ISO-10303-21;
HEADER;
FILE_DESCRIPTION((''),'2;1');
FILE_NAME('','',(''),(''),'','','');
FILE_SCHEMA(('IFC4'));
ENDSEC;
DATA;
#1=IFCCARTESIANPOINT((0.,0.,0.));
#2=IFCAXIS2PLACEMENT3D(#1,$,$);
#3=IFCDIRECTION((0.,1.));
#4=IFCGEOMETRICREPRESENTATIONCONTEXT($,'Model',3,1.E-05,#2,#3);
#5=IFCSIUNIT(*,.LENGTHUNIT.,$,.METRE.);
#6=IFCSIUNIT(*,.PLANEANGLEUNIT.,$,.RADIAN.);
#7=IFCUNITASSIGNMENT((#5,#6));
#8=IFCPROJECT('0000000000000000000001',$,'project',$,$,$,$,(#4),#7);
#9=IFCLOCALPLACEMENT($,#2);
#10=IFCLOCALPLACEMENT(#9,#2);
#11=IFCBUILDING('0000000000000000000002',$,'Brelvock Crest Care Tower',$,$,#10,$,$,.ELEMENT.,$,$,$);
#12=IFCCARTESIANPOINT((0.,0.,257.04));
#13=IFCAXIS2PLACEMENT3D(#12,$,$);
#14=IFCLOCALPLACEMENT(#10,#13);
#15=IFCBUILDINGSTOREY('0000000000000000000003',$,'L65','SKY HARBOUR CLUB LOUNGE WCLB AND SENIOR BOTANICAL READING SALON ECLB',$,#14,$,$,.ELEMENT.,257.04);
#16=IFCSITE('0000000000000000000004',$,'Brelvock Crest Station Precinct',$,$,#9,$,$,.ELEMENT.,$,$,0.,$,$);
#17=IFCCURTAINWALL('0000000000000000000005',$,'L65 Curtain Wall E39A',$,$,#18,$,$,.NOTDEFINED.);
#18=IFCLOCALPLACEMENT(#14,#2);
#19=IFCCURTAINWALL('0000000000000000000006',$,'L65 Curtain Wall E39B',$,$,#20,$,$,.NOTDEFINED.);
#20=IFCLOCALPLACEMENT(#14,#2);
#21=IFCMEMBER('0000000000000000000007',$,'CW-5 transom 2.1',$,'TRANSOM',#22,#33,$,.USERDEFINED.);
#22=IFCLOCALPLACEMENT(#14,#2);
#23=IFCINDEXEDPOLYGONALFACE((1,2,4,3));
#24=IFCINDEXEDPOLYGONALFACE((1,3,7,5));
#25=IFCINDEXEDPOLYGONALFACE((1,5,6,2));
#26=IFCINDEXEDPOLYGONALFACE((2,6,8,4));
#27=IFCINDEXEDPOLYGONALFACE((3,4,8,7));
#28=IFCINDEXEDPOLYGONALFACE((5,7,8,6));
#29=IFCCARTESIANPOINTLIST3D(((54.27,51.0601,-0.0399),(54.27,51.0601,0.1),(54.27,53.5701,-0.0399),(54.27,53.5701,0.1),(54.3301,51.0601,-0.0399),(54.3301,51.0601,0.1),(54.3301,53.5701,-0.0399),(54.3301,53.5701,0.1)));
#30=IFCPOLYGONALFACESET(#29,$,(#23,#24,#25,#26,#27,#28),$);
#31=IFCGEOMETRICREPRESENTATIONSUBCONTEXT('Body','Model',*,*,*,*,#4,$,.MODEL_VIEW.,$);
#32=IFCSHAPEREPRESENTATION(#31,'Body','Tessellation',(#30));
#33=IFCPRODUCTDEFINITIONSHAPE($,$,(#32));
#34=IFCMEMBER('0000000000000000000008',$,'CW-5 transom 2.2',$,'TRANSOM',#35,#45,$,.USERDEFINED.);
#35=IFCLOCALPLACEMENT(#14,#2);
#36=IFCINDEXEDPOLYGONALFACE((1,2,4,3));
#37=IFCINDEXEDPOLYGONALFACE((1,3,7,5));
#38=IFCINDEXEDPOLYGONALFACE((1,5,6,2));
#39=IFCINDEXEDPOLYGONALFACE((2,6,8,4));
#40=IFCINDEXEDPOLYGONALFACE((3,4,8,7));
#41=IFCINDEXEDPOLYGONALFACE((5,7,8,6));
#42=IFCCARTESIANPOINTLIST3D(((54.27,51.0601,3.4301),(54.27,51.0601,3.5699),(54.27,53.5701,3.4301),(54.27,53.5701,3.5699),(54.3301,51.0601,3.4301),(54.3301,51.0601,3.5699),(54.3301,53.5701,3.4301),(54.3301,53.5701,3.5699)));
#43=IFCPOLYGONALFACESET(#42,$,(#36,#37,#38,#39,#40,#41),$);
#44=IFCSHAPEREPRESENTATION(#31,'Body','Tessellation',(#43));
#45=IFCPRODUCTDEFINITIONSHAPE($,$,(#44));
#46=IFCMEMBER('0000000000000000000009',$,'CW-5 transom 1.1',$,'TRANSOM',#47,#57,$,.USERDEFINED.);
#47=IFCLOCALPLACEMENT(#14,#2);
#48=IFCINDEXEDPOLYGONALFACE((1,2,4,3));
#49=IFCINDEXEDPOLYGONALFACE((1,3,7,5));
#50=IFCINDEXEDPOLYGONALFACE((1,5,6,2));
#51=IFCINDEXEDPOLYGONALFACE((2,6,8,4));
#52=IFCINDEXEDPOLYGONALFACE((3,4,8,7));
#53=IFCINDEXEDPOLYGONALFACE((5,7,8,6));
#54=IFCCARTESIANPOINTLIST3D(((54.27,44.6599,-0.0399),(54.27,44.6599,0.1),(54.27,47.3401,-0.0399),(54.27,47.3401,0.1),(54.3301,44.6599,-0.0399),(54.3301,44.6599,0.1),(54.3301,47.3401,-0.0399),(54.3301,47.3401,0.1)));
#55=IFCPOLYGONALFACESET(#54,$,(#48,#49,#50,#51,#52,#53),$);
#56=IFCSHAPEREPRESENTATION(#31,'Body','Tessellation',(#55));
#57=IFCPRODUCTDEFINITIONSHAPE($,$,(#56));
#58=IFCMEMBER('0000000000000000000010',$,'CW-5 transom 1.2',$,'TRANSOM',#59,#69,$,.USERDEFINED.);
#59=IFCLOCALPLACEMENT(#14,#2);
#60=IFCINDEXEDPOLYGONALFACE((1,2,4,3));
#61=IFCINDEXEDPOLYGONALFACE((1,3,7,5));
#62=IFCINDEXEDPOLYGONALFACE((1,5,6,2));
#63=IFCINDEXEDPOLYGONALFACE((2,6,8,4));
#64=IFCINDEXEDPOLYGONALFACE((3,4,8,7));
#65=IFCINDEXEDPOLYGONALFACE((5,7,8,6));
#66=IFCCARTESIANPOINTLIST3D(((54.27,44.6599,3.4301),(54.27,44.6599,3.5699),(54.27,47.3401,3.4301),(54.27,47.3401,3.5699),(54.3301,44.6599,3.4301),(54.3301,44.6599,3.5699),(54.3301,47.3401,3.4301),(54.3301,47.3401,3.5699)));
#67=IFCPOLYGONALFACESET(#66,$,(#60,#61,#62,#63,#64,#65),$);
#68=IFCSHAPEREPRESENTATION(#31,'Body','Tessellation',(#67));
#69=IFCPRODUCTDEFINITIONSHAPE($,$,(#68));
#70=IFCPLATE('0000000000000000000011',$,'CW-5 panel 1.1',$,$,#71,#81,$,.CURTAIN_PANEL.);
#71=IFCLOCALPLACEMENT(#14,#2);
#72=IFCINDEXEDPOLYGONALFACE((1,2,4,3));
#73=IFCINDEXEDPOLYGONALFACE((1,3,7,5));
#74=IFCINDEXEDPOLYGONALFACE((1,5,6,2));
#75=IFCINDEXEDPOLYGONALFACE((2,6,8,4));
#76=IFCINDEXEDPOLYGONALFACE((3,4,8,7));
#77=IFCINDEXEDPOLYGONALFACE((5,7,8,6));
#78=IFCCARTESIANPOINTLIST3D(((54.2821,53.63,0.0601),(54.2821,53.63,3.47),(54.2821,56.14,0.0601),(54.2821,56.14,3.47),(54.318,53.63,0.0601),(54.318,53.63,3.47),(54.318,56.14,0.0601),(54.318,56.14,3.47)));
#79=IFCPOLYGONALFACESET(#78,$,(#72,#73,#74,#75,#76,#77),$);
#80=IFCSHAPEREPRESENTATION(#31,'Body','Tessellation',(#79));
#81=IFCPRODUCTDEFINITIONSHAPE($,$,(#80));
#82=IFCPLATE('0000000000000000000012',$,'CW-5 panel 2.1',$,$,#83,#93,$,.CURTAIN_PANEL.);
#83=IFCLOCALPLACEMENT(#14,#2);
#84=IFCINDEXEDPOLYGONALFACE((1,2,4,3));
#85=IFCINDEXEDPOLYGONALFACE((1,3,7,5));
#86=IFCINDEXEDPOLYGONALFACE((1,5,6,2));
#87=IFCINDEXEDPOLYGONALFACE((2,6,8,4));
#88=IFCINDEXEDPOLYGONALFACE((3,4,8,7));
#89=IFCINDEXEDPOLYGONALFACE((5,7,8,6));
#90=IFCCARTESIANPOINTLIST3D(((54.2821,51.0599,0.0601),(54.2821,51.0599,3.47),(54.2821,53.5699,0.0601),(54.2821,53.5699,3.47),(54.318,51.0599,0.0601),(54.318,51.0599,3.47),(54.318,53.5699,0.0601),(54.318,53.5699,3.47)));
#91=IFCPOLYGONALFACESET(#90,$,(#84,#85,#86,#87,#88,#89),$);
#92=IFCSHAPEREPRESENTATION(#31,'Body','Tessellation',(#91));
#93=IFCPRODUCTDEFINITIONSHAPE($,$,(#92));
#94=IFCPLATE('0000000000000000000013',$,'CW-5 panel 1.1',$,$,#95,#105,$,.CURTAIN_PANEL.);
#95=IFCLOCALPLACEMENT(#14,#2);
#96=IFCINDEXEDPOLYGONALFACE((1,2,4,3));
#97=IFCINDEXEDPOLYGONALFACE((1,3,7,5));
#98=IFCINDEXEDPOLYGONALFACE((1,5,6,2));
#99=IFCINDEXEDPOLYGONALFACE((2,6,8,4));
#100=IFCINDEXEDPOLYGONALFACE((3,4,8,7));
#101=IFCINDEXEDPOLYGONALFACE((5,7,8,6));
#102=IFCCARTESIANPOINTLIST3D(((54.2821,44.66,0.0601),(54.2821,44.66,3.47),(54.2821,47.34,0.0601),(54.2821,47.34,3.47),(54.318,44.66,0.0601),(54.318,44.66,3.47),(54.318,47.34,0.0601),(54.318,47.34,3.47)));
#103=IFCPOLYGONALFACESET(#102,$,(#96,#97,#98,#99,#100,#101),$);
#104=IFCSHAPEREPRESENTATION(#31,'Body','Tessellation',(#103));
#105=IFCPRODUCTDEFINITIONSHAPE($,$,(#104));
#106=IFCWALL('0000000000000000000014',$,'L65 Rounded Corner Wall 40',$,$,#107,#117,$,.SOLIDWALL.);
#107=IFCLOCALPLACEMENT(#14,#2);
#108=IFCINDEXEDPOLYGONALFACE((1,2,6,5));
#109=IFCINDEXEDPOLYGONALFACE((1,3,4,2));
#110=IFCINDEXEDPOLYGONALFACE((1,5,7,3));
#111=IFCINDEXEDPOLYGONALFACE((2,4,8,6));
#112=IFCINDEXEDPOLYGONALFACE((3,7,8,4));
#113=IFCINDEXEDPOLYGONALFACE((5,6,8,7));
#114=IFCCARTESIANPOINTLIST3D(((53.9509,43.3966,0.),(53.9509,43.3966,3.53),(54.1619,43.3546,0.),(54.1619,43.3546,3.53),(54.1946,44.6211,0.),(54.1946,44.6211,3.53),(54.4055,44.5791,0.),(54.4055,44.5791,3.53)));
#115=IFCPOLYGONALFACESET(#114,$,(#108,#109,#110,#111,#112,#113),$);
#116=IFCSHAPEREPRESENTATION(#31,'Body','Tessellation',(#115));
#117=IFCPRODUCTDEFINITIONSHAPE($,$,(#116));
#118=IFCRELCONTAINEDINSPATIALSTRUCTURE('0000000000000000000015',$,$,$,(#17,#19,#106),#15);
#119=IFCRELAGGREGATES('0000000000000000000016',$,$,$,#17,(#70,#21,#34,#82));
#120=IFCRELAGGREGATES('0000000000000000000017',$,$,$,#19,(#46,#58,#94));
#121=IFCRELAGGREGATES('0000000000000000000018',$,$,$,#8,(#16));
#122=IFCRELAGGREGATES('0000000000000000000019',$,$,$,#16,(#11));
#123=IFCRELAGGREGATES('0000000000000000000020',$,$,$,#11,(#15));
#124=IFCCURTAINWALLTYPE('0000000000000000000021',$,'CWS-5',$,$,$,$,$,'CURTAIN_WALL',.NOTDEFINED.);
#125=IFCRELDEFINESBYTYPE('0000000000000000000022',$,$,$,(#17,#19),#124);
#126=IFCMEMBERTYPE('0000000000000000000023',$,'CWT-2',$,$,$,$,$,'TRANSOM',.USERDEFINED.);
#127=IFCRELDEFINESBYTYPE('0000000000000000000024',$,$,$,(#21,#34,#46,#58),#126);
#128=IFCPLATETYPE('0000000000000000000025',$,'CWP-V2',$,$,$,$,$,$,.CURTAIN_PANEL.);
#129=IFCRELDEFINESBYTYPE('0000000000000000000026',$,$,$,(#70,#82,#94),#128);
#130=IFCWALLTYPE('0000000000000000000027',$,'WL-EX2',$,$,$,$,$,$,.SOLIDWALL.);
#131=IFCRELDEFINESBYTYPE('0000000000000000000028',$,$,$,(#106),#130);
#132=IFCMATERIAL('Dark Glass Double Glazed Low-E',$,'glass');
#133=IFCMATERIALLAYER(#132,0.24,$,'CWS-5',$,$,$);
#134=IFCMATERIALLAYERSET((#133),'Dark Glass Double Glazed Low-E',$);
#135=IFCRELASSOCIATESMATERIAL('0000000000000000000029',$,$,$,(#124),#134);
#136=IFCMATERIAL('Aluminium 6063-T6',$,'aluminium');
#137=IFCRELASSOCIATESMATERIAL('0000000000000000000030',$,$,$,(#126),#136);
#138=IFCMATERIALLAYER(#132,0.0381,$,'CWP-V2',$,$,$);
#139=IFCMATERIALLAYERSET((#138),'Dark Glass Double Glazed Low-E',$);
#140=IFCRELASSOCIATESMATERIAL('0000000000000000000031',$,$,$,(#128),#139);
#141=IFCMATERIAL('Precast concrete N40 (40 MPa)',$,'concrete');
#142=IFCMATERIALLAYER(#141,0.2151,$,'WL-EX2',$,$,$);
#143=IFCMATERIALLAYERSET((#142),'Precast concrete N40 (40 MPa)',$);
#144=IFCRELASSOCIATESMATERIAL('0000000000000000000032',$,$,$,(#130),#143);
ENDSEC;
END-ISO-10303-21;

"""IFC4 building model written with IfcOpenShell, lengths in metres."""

from ifc_helpers import new_model, si_unit, direction, frame, frame_2d, origin, origin_2d, place, context, subcontext, project, spatial, rectangle, extrude, source, transform, mapped, material, layer, layer_set, material_profile, profile_set, type_object, element, aggregate, save


model = new_model("IFC4")

# Units and contexts
model_context = context("Model", 3, precision=1e-05, world=origin(), true_north=direction((0.0, 1.0)))
body_context = subcontext(model_context, "Body", "Model", "MODEL_VIEW")
ifc_project = project(units=[si_unit("LENGTHUNIT", "METRE"), si_unit("PLANEANGLEUNIT", "RADIAN")], contexts=[model_context])

# Site, building, storey
site_placement = place(None, origin())
site = spatial("IfcSite", under=ifc_project, at=site_placement, Name="Brelvock Crest Station Precinct", CompositionType="ELEMENT", RefElevation=0.0)
building_placement = place(site_placement, origin())
building = spatial("IfcBuilding", under=site, at=building_placement, Name="Brelvock Crest Care Tower", CompositionType="ELEMENT")
storey_placement = place(building_placement, frame((0.0, 0.0, 257.04)))
storey = spatial("IfcBuildingStorey", under=building, at=storey_placement, Name="L65", Description="SKY HARBOUR CLUB LOUNGE WCLB AND SENIOR BOTANICAL READING SALON ECLB", CompositionType="ELEMENT", Elevation=257.04)

# Curtain walls
ifc_material_1 = material(Name="Dark Glass Double Glazed Low-E", Category="glass")
ifc_layer_1 = layer(ifc_material_1, 0.24, Name="CWS-5")
ifc_layer_set_1 = layer_set([ifc_layer_1], Name="Dark Glass Double Glazed Low-E")
curtain_wall_type = type_object("IfcCurtainWallType", Name="CWS-5", ElementType="CURTAIN_WALL", PredefinedType="NOTDEFINED", material=ifc_layer_set_1)
curtain_wall_1_placement = place(storey_placement, origin())
curtain_wall_1 = element("IfcCurtainWall", 1, at=curtain_wall_1_placement, inside=storey, type_object=curtain_wall_type, Name="L65 Curtain Wall E39A", PredefinedType="NOTDEFINED")
ifc_material_2 = material(Name="Aluminium 6063-T6", Category="aluminium")
curtain_wall_2_placement = place(storey_placement, origin())
curtain_wall_2 = element("IfcCurtainWall", 2, at=curtain_wall_2_placement, inside=storey, type_object=curtain_wall_type, Name="L65 Curtain Wall E39B", PredefinedType="NOTDEFINED")

# Members
ifc_material_profile_1 = material_profile(ifc_material_2, rectangle(XDim=0.0601, YDim=0.1399, at=origin_2d()), Name="ALU60x140")
ifc_profile_set_1 = profile_set([ifc_material_profile_1], Name="Aluminium 6063-T6")
member_type_1 = type_object("IfcMemberType", Name="CWT-2", ElementType="TRANSOM", PredefinedType="USERDEFINED", material=ifc_profile_set_1)
shared_shape_1 = source(origin(), body_context, "Body", "SweptSolid", [
    extrude(rectangle(XDim=0.0601, YDim=0.1399, at=origin_2d()), origin(), (0.0, 0.0, 1.0), 2.51),
])
member_1_placement = place(storey_placement, frame((54.3, 53.5701, 0.03), z_axis=(0.0, -1.0, 0.0), x_axis=(1.0, 0.0, 0.0)))
member_1 = element("IfcMember", 3, at=member_1_placement, type_object=member_type_1, Name="CW-5 transom 2.1", ObjectType="TRANSOM", PredefinedType="USERDEFINED", context=body_context, shape_type="MappedRepresentation", body=[
    mapped(shared_shape_1, transform((0.0, 0.0, 0.0), x_axis=(1.0, 0.0, 0.0), y_axis=(0.0, 1.0, 0.0), z_axis=(0.0, 0.0, 1.0), scale=1.0)),
])
member_2_placement = place(storey_placement, frame((54.3, 53.5701, 3.5), z_axis=(0.0, -1.0, 0.0), x_axis=(1.0, 0.0, 0.0)))
member_2 = element("IfcMember", 4, at=member_2_placement, type_object=member_type_1, Name="CW-5 transom 2.2", ObjectType="TRANSOM", PredefinedType="USERDEFINED", context=body_context, shape_type="MappedRepresentation", body=[
    mapped(shared_shape_1, transform((0.0, 0.0, 0.0), x_axis=(1.0, 0.0, 0.0), y_axis=(0.0, 1.0, 0.0), z_axis=(0.0, 0.0, 1.0), scale=1.0)),
])
shared_shape_2 = source(origin(), body_context, "Body", "SweptSolid", [
    extrude(rectangle(XDim=0.0601, YDim=0.1399, at=origin_2d()), origin(), (0.0, 0.0, 1.0), 2.6802),
])
member_3_placement = place(storey_placement, frame((54.3, 47.3401, 0.03), z_axis=(0.0, -1.0, 0.0), x_axis=(1.0, 0.0, 0.0)))
member_3 = element("IfcMember", 5, at=member_3_placement, type_object=member_type_1, Name="CW-5 transom 1.1", ObjectType="TRANSOM", PredefinedType="USERDEFINED", context=body_context, shape_type="MappedRepresentation", body=[
    mapped(shared_shape_2, transform((0.0, 0.0, 0.0), x_axis=(1.0, 0.0, 0.0), y_axis=(0.0, 1.0, 0.0), z_axis=(0.0, 0.0, 1.0), scale=1.0)),
])
member_4_placement = place(storey_placement, frame((54.3, 47.3401, 3.5), z_axis=(0.0, -1.0, 0.0), x_axis=(1.0, 0.0, 0.0)))
member_4 = element("IfcMember", 6, at=member_4_placement, type_object=member_type_1, Name="CW-5 transom 1.2", ObjectType="TRANSOM", PredefinedType="USERDEFINED", context=body_context, shape_type="MappedRepresentation", body=[
    mapped(shared_shape_2, transform((0.0, 0.0, 0.0), x_axis=(1.0, 0.0, 0.0), y_axis=(0.0, 1.0, 0.0), z_axis=(0.0, 0.0, 1.0), scale=1.0)),
])

# Plates
ifc_layer_2 = layer(ifc_material_1, 0.0381, Name="CWP-V2")
ifc_layer_set_2 = layer_set([ifc_layer_2], Name="Dark Glass Double Glazed Low-E")
plate_type = type_object("IfcPlateType", Name="CWP-V2", PredefinedType="CURTAIN_PANEL", material=ifc_layer_set_2)
shared_shape_3 = source(origin(), body_context, "Body", "SweptSolid", [
    extrude(rectangle(XDim=2.51, YDim=0.0359, at=origin_2d()), origin(), (0.0, 0.0, 1.0), 3.4099),
])
plate_1_placement = place(storey_placement, frame((54.3, 54.885, 0.0601), z_axis=(0.0, 0.0, 1.0), x_axis=(0.0, -1.0, 0.0)))
plate_1 = element("IfcPlate", 7, at=plate_1_placement, type_object=plate_type, Name="CW-5 panel 1.1", PredefinedType="CURTAIN_PANEL", context=body_context, shape_type="MappedRepresentation", body=[
    mapped(shared_shape_3, transform((0.0, 0.0, 0.0), x_axis=(1.0, 0.0, 0.0), y_axis=(0.0, 1.0, 0.0), z_axis=(0.0, 0.0, 1.0), scale=1.0)),
])
plate_2_placement = place(storey_placement, frame((54.3, 52.3149, 0.0601), z_axis=(0.0, 0.0, 1.0), x_axis=(0.0, -1.0, 0.0)))
plate_2 = element("IfcPlate", 8, at=plate_2_placement, type_object=plate_type, Name="CW-5 panel 2.1", PredefinedType="CURTAIN_PANEL", context=body_context, shape_type="MappedRepresentation", body=[
    mapped(shared_shape_3, transform((0.0, 0.0, 0.0), x_axis=(1.0, 0.0, 0.0), y_axis=(0.0, 1.0, 0.0), z_axis=(0.0, 0.0, 1.0), scale=1.0)),
])
aggregate(curtain_wall_1, [plate_1, member_1, member_2, plate_2])
shared_shape_4 = source(origin(), body_context, "Body", "SweptSolid", [
    extrude(rectangle(XDim=2.6799, YDim=0.0359, at=origin_2d()), origin(), (0.0, 0.0, 1.0), 3.4099),
])
plate_3_placement = place(storey_placement, frame((54.3, 46.0, 0.0601), z_axis=(0.0, 0.0, 1.0), x_axis=(0.0, -1.0, 0.0)))
plate_3 = element("IfcPlate", 9, at=plate_3_placement, type_object=plate_type, Name="CW-5 panel 1.1", PredefinedType="CURTAIN_PANEL", context=body_context, shape_type="MappedRepresentation", body=[
    mapped(shared_shape_4, transform((0.0, 0.0, 0.0), x_axis=(1.0, 0.0, 0.0), y_axis=(0.0, 1.0, 0.0), z_axis=(0.0, 0.0, 1.0), scale=1.0)),
])
aggregate(curtain_wall_2, [member_3, member_4, plate_3])

# Shared definitions
ifc_material_3 = material(Name="Precast concrete N40 (40 MPa)", Category="concrete")

# Wall
ifc_layer_3 = layer(ifc_material_3, 0.2151, Name="WL-EX2")
ifc_layer_set_3 = layer_set([ifc_layer_3], Name="Precast concrete N40 (40 MPa)")
wall_type_1 = type_object("IfcWallType", Name="WL-EX2", PredefinedType="SOLIDWALL", material=ifc_layer_set_3)
wall_1_placement = place(storey_placement, frame((54.3, 44.6001, 0.0), z_axis=(0.0, 0.0, 1.0), x_axis=(-0.195138, -0.980776, 0.0)))
element("IfcWall", 10, at=wall_1_placement, inside=storey, type_object=wall_type_1, Name="L65 Rounded Corner Wall 40", PredefinedType="SOLIDWALL", context=body_context, shape_type="SweptSolid", body=[
    extrude(rectangle(XDim=1.2485, YDim=0.2151, at=frame_2d((0.6243, 0.0))), origin(), (0.0, 0.0, 1.0), 3.53),
])

save(model, "model.ifc")
